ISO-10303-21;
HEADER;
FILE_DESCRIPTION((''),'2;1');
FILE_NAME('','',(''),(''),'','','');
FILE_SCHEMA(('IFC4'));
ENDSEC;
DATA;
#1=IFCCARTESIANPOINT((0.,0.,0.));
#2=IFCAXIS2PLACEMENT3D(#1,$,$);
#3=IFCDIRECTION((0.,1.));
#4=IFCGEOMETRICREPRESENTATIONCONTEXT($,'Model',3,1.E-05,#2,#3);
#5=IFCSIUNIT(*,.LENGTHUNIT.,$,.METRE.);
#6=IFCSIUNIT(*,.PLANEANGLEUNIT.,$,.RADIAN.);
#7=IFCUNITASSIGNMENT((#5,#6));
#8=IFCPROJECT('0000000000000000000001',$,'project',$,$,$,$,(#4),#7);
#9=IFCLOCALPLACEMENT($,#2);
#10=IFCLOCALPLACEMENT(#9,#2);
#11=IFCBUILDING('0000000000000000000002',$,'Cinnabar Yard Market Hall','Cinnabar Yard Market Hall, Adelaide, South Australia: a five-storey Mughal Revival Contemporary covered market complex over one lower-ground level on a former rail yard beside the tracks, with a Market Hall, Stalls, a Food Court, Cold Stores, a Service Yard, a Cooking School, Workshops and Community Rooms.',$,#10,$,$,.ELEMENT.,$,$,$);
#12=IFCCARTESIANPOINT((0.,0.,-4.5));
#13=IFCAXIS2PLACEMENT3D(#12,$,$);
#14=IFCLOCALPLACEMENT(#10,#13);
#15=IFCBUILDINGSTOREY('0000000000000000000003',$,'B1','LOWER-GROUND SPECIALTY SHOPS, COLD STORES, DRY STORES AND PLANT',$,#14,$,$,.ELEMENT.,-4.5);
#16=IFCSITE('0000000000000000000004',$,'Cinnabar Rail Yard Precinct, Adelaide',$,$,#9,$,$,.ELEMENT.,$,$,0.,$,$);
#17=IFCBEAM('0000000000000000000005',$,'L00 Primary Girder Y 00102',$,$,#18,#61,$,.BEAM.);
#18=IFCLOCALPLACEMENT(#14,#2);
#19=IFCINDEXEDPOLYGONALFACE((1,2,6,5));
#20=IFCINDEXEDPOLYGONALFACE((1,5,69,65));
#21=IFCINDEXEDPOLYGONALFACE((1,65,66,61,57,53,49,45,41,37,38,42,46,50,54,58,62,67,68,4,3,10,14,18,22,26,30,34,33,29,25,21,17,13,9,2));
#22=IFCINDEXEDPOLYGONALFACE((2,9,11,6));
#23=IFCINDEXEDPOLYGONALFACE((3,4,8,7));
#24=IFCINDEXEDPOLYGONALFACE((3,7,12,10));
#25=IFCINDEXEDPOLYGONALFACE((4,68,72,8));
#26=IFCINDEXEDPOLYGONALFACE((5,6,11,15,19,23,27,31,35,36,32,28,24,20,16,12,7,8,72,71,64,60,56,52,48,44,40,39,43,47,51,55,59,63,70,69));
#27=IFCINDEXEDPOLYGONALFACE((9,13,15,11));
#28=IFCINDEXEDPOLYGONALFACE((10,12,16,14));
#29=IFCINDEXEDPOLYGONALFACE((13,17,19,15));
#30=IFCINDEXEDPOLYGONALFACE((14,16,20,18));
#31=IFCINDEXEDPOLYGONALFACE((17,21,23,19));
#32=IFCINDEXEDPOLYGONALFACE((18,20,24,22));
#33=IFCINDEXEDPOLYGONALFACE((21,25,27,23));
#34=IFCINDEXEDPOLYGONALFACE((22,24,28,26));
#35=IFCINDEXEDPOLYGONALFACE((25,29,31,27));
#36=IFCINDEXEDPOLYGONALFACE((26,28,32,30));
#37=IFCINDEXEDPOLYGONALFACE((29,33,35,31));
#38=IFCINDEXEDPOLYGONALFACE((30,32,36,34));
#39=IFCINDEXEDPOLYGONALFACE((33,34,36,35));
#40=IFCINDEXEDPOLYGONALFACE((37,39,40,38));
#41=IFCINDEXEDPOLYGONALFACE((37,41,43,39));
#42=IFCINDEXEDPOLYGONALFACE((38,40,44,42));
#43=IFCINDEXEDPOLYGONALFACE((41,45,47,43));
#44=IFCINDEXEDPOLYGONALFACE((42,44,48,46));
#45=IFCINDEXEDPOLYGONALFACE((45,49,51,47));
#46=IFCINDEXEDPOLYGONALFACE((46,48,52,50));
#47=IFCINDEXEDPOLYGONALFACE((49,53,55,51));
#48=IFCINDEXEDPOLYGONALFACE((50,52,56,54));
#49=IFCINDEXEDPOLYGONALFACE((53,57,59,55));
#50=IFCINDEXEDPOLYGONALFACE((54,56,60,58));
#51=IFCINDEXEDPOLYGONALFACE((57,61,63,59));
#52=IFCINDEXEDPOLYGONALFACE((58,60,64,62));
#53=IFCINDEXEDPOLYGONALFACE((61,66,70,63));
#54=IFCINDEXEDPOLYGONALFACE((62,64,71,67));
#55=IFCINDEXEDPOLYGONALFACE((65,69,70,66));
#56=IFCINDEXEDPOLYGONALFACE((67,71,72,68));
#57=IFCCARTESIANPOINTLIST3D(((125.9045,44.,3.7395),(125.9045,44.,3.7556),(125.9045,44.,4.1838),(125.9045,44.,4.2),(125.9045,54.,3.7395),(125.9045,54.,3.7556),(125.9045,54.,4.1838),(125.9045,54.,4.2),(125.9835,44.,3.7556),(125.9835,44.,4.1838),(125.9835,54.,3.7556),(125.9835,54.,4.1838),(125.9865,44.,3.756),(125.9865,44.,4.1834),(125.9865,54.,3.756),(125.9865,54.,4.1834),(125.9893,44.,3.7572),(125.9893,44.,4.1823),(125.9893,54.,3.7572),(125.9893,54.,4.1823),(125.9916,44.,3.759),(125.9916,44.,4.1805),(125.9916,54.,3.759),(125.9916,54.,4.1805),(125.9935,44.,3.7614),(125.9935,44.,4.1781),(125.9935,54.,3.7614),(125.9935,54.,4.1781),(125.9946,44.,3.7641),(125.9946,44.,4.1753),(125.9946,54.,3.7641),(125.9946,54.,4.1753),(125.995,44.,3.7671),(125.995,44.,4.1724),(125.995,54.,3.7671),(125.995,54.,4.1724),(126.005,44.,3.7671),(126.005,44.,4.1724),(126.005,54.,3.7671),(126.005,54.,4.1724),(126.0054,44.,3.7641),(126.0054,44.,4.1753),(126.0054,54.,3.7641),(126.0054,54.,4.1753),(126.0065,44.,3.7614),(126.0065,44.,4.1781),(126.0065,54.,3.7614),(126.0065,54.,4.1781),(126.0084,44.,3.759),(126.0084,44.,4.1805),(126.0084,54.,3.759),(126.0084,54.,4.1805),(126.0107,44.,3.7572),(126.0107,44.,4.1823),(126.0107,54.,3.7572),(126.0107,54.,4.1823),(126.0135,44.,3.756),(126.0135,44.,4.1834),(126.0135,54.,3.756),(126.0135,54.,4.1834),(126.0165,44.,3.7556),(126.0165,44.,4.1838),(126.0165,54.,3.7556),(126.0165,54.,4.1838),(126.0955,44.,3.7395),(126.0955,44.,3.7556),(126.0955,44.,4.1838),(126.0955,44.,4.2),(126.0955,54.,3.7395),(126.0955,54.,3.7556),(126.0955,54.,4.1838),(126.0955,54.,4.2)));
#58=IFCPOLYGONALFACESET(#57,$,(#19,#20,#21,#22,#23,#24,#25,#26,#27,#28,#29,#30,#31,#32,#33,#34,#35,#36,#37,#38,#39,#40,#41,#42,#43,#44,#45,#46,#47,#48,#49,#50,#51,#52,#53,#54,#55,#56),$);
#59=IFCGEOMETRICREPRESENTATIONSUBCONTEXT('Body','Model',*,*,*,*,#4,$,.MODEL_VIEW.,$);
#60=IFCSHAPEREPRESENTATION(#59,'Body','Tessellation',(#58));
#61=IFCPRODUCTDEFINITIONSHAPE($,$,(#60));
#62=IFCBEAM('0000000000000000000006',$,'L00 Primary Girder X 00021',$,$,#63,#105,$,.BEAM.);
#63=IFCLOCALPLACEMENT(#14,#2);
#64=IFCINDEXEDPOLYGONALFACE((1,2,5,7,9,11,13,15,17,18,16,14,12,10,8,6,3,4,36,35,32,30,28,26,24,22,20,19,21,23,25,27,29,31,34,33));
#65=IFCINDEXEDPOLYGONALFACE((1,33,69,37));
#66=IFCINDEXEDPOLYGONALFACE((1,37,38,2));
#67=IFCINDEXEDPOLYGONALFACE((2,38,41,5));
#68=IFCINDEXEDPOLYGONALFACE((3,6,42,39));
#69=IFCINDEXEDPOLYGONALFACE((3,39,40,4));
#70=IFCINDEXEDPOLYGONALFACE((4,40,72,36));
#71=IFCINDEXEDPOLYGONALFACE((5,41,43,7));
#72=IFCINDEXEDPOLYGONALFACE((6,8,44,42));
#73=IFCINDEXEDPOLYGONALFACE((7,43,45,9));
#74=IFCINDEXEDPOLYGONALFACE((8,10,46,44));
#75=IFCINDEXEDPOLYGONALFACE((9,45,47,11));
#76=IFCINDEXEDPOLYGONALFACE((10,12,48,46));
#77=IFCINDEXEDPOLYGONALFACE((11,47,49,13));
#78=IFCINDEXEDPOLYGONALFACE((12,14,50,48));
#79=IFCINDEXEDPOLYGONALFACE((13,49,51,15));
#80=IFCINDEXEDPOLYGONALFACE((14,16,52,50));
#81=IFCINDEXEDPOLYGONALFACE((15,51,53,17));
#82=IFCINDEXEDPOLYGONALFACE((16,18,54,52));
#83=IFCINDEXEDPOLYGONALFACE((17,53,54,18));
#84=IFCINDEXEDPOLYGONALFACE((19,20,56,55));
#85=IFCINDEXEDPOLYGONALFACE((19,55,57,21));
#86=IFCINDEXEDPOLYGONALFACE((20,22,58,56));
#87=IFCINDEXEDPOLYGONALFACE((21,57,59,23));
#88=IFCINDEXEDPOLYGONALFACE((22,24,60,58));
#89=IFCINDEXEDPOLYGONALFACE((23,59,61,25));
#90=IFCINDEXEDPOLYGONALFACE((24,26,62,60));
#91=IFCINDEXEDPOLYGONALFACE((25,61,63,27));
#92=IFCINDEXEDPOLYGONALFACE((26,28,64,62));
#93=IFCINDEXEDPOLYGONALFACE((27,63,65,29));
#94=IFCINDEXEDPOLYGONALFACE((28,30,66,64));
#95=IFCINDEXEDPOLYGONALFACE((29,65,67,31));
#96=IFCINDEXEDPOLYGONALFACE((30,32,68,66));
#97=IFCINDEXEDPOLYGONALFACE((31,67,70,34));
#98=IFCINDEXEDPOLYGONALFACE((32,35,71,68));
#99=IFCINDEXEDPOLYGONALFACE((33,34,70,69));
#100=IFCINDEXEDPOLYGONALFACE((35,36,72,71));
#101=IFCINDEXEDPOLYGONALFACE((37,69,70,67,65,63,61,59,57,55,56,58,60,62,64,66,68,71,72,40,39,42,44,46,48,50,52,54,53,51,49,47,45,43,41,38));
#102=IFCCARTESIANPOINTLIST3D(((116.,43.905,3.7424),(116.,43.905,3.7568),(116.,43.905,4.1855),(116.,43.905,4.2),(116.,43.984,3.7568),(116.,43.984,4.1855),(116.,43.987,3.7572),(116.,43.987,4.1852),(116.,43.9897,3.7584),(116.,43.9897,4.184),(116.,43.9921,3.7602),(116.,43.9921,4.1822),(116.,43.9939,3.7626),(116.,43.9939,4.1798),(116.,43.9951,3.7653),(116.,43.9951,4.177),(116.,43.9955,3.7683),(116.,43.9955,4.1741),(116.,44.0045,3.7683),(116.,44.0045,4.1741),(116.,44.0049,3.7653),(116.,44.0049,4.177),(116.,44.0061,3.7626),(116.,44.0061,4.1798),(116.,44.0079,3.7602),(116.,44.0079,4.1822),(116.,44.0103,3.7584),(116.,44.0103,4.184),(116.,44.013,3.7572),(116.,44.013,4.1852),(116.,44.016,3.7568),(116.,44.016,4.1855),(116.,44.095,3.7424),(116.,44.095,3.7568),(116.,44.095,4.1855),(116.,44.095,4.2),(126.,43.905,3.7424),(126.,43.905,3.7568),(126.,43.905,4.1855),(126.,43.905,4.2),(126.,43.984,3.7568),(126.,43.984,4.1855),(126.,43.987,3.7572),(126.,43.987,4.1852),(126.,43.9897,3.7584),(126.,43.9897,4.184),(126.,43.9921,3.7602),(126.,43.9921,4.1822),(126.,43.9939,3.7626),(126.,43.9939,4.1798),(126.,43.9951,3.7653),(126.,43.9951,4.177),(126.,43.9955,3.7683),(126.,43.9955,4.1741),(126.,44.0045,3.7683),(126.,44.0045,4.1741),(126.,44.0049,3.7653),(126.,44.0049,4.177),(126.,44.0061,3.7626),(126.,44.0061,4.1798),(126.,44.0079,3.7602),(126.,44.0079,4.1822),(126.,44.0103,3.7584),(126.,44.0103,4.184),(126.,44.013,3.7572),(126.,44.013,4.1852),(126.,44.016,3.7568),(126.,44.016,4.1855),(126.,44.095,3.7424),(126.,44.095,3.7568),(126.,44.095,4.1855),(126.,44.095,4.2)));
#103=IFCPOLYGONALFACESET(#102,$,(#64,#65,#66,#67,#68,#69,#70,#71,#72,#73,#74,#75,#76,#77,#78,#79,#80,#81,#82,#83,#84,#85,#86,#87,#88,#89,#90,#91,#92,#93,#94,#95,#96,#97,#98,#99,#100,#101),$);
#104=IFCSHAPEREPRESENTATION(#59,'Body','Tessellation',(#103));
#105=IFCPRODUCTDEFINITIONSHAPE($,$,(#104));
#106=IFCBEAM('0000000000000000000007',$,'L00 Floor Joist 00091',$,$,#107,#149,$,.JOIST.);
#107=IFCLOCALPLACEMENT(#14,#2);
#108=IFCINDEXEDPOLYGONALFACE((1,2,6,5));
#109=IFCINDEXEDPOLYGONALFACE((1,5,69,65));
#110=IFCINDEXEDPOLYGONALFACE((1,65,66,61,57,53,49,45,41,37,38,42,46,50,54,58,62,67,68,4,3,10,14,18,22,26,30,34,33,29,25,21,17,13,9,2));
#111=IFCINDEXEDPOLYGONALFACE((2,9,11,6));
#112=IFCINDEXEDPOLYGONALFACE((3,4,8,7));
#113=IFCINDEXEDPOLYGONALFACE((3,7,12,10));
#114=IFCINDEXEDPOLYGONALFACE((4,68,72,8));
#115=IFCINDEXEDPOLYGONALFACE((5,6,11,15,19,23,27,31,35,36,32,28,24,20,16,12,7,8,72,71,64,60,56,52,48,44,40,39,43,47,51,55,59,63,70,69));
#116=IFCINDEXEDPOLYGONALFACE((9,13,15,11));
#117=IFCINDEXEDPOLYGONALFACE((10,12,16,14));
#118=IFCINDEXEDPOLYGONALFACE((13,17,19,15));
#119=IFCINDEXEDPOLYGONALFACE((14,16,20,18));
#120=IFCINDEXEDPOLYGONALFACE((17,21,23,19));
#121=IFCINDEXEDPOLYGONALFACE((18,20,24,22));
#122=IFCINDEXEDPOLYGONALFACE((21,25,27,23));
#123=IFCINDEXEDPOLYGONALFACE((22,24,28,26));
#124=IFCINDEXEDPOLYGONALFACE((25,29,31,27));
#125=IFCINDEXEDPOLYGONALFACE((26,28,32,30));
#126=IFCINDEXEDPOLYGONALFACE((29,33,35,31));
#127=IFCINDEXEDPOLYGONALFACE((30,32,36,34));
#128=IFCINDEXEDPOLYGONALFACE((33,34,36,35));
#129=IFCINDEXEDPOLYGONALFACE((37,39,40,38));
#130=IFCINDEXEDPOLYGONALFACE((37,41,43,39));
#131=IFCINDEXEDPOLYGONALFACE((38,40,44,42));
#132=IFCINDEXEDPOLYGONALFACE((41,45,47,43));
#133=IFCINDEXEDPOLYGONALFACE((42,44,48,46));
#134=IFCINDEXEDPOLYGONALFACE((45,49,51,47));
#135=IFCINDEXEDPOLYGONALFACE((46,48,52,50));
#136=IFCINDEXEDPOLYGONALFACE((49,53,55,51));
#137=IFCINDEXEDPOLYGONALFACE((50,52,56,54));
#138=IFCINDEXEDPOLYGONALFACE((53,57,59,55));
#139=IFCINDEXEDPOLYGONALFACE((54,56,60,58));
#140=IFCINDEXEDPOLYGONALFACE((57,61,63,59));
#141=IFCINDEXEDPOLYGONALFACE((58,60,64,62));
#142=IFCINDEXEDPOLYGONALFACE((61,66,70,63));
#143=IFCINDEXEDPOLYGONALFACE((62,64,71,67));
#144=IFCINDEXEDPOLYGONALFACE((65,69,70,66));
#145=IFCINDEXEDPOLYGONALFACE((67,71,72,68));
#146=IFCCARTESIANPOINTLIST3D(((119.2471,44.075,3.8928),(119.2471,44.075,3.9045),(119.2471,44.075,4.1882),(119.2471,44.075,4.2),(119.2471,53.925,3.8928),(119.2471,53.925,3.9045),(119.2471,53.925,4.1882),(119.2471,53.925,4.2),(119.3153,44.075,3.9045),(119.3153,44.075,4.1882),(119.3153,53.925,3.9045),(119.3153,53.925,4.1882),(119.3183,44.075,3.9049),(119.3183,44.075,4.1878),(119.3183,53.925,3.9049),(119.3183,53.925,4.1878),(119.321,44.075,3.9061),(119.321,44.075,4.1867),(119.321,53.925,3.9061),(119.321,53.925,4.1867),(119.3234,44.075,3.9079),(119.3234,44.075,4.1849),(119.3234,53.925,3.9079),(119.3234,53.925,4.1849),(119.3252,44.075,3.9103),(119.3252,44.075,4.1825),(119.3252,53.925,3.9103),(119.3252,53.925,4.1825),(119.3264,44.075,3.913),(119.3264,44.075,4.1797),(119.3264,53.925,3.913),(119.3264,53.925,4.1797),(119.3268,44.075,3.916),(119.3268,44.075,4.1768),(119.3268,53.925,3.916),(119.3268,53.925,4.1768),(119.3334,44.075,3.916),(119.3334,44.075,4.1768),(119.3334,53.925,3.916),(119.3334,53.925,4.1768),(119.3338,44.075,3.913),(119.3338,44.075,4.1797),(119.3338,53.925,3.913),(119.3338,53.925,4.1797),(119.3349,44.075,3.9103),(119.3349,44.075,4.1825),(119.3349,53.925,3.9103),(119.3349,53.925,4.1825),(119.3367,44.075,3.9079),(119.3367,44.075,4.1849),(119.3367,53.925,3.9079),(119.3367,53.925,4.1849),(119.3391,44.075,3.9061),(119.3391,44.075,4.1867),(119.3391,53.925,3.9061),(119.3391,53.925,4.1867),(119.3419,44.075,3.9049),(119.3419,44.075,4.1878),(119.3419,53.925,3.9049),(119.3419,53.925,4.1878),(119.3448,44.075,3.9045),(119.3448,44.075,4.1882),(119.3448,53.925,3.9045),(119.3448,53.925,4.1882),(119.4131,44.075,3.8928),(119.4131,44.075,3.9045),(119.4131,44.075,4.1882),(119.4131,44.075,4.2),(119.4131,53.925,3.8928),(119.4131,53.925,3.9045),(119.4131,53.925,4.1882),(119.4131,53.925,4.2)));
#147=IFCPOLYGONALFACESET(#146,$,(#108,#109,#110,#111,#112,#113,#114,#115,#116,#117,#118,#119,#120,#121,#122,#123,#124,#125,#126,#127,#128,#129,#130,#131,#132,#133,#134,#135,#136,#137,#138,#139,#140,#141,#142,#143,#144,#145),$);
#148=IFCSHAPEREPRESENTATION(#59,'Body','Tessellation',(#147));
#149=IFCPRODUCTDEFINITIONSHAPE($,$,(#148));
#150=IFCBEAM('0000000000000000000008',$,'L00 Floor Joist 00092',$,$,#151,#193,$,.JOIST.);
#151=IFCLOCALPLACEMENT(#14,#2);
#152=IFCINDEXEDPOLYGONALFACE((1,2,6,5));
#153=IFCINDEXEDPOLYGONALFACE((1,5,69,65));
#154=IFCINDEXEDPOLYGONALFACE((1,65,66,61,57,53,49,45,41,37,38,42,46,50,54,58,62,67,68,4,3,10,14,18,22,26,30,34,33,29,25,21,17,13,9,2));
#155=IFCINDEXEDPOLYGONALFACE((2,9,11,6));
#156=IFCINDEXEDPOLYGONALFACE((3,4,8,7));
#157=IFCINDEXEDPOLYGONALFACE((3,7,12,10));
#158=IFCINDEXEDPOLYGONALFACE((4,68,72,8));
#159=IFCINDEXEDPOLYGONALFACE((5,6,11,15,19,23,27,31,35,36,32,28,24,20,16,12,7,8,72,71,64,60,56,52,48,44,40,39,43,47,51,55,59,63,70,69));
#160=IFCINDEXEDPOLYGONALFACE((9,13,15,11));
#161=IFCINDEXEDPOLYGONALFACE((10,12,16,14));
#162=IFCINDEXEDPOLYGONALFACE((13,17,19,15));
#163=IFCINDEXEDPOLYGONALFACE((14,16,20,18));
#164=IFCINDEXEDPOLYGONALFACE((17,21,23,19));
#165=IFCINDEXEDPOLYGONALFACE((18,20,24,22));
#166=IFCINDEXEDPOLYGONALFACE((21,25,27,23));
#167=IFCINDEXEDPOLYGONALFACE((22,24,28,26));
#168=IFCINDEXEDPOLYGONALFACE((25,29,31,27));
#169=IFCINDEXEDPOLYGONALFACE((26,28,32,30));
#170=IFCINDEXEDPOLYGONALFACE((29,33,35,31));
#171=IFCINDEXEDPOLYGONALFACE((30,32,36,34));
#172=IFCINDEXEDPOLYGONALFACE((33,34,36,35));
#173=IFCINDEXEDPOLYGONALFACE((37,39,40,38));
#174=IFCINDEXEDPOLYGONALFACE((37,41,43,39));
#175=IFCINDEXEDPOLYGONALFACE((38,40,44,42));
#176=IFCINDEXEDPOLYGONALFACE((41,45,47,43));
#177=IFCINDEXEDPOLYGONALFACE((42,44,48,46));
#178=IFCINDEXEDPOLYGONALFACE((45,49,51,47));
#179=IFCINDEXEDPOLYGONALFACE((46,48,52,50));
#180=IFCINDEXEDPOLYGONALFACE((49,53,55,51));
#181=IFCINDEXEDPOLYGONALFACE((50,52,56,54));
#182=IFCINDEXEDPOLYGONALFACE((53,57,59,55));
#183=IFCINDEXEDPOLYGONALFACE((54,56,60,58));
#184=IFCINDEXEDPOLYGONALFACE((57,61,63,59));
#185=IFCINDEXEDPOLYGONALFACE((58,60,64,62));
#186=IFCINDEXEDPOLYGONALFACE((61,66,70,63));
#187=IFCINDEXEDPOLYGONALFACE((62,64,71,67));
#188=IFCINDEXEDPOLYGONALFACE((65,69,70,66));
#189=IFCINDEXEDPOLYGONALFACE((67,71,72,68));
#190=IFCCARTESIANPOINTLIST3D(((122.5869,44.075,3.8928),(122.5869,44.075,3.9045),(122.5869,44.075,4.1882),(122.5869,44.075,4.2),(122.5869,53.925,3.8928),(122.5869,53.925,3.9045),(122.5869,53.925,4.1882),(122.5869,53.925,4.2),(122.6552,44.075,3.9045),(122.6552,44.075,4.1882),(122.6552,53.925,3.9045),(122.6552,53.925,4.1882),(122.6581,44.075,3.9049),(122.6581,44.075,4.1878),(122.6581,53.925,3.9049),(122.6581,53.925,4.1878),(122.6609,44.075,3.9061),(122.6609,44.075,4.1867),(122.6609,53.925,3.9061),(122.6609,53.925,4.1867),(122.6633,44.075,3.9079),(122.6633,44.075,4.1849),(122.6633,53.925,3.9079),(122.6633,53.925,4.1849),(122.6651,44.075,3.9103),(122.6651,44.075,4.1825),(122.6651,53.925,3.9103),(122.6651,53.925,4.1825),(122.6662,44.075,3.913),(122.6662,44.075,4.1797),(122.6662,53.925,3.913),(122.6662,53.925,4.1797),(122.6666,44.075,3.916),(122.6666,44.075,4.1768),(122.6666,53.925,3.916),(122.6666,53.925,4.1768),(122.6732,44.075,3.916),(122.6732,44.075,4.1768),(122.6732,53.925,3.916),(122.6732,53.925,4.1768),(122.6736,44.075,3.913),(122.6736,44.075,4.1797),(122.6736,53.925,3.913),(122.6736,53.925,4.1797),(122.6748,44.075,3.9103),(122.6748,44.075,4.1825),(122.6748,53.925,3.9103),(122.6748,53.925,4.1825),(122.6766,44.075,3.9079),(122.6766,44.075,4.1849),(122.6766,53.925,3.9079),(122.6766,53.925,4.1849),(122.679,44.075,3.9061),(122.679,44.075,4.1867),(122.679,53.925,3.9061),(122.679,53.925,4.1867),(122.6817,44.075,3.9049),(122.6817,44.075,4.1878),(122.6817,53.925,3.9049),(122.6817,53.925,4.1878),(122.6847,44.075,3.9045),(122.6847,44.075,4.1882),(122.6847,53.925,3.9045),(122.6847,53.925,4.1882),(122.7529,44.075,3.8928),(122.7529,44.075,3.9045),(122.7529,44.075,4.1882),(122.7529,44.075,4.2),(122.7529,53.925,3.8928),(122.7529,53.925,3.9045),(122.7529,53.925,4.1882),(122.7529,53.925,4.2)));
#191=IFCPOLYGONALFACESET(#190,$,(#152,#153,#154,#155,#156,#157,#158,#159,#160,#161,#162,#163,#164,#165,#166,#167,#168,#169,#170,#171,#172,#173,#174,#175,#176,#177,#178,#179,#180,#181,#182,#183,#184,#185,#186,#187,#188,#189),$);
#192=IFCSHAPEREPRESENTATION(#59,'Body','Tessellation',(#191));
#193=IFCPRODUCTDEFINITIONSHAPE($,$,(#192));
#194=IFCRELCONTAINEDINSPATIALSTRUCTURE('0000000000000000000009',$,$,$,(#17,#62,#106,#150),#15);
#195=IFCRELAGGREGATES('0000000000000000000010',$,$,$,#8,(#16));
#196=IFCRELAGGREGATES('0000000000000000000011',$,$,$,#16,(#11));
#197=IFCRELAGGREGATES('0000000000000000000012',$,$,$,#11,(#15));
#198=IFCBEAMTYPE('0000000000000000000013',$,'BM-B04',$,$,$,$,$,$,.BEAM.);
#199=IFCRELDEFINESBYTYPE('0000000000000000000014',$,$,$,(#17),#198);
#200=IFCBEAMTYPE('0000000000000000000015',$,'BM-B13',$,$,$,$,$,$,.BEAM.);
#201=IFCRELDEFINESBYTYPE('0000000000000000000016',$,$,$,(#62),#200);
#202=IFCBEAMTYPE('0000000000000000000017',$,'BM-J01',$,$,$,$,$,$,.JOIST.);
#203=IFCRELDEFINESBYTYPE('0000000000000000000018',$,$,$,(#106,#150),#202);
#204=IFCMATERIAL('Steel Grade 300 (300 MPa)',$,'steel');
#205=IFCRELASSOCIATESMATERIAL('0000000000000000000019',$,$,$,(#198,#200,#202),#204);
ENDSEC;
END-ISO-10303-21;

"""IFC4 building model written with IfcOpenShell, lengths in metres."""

from ifc_helpers import new_model, si_unit, direction, frame, origin, origin_2d_with_axis, place, context, subcontext, project, spatial, i_section, extrude, material, material_profile, profile_set, type_object, element, save


model = new_model("IFC4")

# Units and contexts
model_context = context("Model", 3, precision=1e-05, world=origin(), true_north=direction((0.0, 1.0)))
body_context = subcontext(model_context, "Body", "Model", "MODEL_VIEW")
ifc_project = project(units=[si_unit("LENGTHUNIT", "METRE"), si_unit("PLANEANGLEUNIT", "RADIAN")], contexts=[model_context])

# Site, building, storey
site_placement = place(None, origin())
site = spatial("IfcSite", under=ifc_project, at=site_placement, Name="Cinnabar Rail Yard Precinct, Adelaide", CompositionType="ELEMENT", RefElevation=0.0)
building_placement = place(site_placement, origin())
building = spatial("IfcBuilding", under=site, at=building_placement, Name="Cinnabar Yard Market Hall", Description="Cinnabar Yard Market Hall, Adelaide, South Australia: a five-storey Mughal Revival Contemporary covered market complex over one lower-ground level on a former rail yard beside the tracks, with a Market Hall, Stalls, a Food Court, Cold Stores, a Service Yard, a Cooking School, Workshops and Community Rooms.", CompositionType="ELEMENT")
storey_placement = place(building_placement, frame((0.0, 0.0, -4.5)))
storey = spatial("IfcBuildingStorey", under=building, at=storey_placement, Name="B1", Description="LOWER-GROUND SPECIALTY SHOPS, COLD STORES, DRY STORES AND PLANT", CompositionType="ELEMENT", Elevation=-4.5)

# Beams
ifc_material_1 = material(Name="Steel Grade 300 (300 MPa)", Category="steel")
ifc_material_profile_1 = material_profile(ifc_material_1, i_section(OverallWidth=0.1909, OverallDepth=0.4604, WebThickness=0.01, FlangeThickness=0.0161, FilletRadius=0.0115, at=origin_2d_with_axis()), Name="460UB82.1")
ifc_profile_set_1 = profile_set([ifc_material_profile_1], Name="Steel Grade 300 (300 MPa)")
beam_type_1 = type_object("IfcBeamType", Name="BM-B04", PredefinedType="BEAM", material=ifc_profile_set_1)
for number, where, z_axis, x_axis, name in (
    (1, (126.0, 44.0, 3.9697), (0.0, 1.0, 0.0), (-1.0, 0.0, 0.0), "L00 Primary Girder Y 00102"),
):
    element("IfcBeam", number, at=place(storey_placement, frame(where, z_axis=z_axis, x_axis=x_axis)), inside=storey, type_object=beam_type_1, Name=name, PredefinedType="BEAM", context=body_context, shape_type="SweptSolid", body=[
        extrude(i_section(OverallWidth=0.1909, OverallDepth=0.4604, WebThickness=0.01, FlangeThickness=0.0161, FilletRadius=0.0115, at=origin_2d_with_axis()), origin(), (0.0, 0.0, 1.0), 10.0),
    ])
ifc_material_profile_2 = material_profile(ifc_material_1, i_section(OverallWidth=0.1899, OverallDepth=0.4575, WebThickness=0.009, FlangeThickness=0.0144, FilletRadius=0.0115, at=origin_2d_with_axis()), Name="460UB74.6")
ifc_profile_set_2 = profile_set([ifc_material_profile_2], Name="Steel Grade 300 (300 MPa)")
beam_type_2 = type_object("IfcBeamType", Name="BM-B13", PredefinedType="BEAM", material=ifc_profile_set_2)
beam_1_placement = place(storey_placement, frame((116.0, 44.0, 3.9712), z_axis=(1.0, 0.0, 0.0), x_axis=(0.0, 1.0, 0.0)))
element("IfcBeam", 2, at=beam_1_placement, inside=storey, type_object=beam_type_2, Name="L00 Primary Girder X 00021", PredefinedType="BEAM", context=body_context, shape_type="SweptSolid", body=[
    extrude(i_section(OverallWidth=0.1899, OverallDepth=0.4575, WebThickness=0.009, FlangeThickness=0.0144, FilletRadius=0.0115, at=origin_2d_with_axis()), origin(), (0.0, 0.0, 1.0), 10.0),
])
ifc_material_profile_3 = material_profile(ifc_material_1, i_section(OverallWidth=0.166, OverallDepth=0.3071, WebThickness=0.0066, FlangeThickness=0.0117, FilletRadius=0.0115, at=origin_2d_with_axis()), Name="310UB46.2")
ifc_profile_set_3 = profile_set([ifc_material_profile_3], Name="Steel Grade 300 (300 MPa)")
beam_type_3 = type_object("IfcBeamType", Name="BM-J01", PredefinedType="JOIST", material=ifc_profile_set_3)
for number, where, z_axis, x_axis, name in (
    (3, (119.3301, 44.075, 4.0464), (0.0, 1.0, 0.0), (-1.0, 0.0, 0.0), "L00 Floor Joist 00091"),
    (4, (122.6699, 44.075, 4.0464), (0.0, 1.0, 0.0), (-1.0, 0.0, 0.0), "L00 Floor Joist 00092"),
):
    element("IfcBeam", number, at=place(storey_placement, frame(where, z_axis=z_axis, x_axis=x_axis)), inside=storey, type_object=beam_type_3, Name=name, PredefinedType="JOIST", context=body_context, shape_type="SweptSolid", body=[
        extrude(i_section(OverallWidth=0.166, OverallDepth=0.3071, WebThickness=0.0066, FlangeThickness=0.0117, FilletRadius=0.0115, at=origin_2d_with_axis()), origin(), (0.0, 0.0, 1.0), 9.8501),
    ])

save(model, "model.ifc")
